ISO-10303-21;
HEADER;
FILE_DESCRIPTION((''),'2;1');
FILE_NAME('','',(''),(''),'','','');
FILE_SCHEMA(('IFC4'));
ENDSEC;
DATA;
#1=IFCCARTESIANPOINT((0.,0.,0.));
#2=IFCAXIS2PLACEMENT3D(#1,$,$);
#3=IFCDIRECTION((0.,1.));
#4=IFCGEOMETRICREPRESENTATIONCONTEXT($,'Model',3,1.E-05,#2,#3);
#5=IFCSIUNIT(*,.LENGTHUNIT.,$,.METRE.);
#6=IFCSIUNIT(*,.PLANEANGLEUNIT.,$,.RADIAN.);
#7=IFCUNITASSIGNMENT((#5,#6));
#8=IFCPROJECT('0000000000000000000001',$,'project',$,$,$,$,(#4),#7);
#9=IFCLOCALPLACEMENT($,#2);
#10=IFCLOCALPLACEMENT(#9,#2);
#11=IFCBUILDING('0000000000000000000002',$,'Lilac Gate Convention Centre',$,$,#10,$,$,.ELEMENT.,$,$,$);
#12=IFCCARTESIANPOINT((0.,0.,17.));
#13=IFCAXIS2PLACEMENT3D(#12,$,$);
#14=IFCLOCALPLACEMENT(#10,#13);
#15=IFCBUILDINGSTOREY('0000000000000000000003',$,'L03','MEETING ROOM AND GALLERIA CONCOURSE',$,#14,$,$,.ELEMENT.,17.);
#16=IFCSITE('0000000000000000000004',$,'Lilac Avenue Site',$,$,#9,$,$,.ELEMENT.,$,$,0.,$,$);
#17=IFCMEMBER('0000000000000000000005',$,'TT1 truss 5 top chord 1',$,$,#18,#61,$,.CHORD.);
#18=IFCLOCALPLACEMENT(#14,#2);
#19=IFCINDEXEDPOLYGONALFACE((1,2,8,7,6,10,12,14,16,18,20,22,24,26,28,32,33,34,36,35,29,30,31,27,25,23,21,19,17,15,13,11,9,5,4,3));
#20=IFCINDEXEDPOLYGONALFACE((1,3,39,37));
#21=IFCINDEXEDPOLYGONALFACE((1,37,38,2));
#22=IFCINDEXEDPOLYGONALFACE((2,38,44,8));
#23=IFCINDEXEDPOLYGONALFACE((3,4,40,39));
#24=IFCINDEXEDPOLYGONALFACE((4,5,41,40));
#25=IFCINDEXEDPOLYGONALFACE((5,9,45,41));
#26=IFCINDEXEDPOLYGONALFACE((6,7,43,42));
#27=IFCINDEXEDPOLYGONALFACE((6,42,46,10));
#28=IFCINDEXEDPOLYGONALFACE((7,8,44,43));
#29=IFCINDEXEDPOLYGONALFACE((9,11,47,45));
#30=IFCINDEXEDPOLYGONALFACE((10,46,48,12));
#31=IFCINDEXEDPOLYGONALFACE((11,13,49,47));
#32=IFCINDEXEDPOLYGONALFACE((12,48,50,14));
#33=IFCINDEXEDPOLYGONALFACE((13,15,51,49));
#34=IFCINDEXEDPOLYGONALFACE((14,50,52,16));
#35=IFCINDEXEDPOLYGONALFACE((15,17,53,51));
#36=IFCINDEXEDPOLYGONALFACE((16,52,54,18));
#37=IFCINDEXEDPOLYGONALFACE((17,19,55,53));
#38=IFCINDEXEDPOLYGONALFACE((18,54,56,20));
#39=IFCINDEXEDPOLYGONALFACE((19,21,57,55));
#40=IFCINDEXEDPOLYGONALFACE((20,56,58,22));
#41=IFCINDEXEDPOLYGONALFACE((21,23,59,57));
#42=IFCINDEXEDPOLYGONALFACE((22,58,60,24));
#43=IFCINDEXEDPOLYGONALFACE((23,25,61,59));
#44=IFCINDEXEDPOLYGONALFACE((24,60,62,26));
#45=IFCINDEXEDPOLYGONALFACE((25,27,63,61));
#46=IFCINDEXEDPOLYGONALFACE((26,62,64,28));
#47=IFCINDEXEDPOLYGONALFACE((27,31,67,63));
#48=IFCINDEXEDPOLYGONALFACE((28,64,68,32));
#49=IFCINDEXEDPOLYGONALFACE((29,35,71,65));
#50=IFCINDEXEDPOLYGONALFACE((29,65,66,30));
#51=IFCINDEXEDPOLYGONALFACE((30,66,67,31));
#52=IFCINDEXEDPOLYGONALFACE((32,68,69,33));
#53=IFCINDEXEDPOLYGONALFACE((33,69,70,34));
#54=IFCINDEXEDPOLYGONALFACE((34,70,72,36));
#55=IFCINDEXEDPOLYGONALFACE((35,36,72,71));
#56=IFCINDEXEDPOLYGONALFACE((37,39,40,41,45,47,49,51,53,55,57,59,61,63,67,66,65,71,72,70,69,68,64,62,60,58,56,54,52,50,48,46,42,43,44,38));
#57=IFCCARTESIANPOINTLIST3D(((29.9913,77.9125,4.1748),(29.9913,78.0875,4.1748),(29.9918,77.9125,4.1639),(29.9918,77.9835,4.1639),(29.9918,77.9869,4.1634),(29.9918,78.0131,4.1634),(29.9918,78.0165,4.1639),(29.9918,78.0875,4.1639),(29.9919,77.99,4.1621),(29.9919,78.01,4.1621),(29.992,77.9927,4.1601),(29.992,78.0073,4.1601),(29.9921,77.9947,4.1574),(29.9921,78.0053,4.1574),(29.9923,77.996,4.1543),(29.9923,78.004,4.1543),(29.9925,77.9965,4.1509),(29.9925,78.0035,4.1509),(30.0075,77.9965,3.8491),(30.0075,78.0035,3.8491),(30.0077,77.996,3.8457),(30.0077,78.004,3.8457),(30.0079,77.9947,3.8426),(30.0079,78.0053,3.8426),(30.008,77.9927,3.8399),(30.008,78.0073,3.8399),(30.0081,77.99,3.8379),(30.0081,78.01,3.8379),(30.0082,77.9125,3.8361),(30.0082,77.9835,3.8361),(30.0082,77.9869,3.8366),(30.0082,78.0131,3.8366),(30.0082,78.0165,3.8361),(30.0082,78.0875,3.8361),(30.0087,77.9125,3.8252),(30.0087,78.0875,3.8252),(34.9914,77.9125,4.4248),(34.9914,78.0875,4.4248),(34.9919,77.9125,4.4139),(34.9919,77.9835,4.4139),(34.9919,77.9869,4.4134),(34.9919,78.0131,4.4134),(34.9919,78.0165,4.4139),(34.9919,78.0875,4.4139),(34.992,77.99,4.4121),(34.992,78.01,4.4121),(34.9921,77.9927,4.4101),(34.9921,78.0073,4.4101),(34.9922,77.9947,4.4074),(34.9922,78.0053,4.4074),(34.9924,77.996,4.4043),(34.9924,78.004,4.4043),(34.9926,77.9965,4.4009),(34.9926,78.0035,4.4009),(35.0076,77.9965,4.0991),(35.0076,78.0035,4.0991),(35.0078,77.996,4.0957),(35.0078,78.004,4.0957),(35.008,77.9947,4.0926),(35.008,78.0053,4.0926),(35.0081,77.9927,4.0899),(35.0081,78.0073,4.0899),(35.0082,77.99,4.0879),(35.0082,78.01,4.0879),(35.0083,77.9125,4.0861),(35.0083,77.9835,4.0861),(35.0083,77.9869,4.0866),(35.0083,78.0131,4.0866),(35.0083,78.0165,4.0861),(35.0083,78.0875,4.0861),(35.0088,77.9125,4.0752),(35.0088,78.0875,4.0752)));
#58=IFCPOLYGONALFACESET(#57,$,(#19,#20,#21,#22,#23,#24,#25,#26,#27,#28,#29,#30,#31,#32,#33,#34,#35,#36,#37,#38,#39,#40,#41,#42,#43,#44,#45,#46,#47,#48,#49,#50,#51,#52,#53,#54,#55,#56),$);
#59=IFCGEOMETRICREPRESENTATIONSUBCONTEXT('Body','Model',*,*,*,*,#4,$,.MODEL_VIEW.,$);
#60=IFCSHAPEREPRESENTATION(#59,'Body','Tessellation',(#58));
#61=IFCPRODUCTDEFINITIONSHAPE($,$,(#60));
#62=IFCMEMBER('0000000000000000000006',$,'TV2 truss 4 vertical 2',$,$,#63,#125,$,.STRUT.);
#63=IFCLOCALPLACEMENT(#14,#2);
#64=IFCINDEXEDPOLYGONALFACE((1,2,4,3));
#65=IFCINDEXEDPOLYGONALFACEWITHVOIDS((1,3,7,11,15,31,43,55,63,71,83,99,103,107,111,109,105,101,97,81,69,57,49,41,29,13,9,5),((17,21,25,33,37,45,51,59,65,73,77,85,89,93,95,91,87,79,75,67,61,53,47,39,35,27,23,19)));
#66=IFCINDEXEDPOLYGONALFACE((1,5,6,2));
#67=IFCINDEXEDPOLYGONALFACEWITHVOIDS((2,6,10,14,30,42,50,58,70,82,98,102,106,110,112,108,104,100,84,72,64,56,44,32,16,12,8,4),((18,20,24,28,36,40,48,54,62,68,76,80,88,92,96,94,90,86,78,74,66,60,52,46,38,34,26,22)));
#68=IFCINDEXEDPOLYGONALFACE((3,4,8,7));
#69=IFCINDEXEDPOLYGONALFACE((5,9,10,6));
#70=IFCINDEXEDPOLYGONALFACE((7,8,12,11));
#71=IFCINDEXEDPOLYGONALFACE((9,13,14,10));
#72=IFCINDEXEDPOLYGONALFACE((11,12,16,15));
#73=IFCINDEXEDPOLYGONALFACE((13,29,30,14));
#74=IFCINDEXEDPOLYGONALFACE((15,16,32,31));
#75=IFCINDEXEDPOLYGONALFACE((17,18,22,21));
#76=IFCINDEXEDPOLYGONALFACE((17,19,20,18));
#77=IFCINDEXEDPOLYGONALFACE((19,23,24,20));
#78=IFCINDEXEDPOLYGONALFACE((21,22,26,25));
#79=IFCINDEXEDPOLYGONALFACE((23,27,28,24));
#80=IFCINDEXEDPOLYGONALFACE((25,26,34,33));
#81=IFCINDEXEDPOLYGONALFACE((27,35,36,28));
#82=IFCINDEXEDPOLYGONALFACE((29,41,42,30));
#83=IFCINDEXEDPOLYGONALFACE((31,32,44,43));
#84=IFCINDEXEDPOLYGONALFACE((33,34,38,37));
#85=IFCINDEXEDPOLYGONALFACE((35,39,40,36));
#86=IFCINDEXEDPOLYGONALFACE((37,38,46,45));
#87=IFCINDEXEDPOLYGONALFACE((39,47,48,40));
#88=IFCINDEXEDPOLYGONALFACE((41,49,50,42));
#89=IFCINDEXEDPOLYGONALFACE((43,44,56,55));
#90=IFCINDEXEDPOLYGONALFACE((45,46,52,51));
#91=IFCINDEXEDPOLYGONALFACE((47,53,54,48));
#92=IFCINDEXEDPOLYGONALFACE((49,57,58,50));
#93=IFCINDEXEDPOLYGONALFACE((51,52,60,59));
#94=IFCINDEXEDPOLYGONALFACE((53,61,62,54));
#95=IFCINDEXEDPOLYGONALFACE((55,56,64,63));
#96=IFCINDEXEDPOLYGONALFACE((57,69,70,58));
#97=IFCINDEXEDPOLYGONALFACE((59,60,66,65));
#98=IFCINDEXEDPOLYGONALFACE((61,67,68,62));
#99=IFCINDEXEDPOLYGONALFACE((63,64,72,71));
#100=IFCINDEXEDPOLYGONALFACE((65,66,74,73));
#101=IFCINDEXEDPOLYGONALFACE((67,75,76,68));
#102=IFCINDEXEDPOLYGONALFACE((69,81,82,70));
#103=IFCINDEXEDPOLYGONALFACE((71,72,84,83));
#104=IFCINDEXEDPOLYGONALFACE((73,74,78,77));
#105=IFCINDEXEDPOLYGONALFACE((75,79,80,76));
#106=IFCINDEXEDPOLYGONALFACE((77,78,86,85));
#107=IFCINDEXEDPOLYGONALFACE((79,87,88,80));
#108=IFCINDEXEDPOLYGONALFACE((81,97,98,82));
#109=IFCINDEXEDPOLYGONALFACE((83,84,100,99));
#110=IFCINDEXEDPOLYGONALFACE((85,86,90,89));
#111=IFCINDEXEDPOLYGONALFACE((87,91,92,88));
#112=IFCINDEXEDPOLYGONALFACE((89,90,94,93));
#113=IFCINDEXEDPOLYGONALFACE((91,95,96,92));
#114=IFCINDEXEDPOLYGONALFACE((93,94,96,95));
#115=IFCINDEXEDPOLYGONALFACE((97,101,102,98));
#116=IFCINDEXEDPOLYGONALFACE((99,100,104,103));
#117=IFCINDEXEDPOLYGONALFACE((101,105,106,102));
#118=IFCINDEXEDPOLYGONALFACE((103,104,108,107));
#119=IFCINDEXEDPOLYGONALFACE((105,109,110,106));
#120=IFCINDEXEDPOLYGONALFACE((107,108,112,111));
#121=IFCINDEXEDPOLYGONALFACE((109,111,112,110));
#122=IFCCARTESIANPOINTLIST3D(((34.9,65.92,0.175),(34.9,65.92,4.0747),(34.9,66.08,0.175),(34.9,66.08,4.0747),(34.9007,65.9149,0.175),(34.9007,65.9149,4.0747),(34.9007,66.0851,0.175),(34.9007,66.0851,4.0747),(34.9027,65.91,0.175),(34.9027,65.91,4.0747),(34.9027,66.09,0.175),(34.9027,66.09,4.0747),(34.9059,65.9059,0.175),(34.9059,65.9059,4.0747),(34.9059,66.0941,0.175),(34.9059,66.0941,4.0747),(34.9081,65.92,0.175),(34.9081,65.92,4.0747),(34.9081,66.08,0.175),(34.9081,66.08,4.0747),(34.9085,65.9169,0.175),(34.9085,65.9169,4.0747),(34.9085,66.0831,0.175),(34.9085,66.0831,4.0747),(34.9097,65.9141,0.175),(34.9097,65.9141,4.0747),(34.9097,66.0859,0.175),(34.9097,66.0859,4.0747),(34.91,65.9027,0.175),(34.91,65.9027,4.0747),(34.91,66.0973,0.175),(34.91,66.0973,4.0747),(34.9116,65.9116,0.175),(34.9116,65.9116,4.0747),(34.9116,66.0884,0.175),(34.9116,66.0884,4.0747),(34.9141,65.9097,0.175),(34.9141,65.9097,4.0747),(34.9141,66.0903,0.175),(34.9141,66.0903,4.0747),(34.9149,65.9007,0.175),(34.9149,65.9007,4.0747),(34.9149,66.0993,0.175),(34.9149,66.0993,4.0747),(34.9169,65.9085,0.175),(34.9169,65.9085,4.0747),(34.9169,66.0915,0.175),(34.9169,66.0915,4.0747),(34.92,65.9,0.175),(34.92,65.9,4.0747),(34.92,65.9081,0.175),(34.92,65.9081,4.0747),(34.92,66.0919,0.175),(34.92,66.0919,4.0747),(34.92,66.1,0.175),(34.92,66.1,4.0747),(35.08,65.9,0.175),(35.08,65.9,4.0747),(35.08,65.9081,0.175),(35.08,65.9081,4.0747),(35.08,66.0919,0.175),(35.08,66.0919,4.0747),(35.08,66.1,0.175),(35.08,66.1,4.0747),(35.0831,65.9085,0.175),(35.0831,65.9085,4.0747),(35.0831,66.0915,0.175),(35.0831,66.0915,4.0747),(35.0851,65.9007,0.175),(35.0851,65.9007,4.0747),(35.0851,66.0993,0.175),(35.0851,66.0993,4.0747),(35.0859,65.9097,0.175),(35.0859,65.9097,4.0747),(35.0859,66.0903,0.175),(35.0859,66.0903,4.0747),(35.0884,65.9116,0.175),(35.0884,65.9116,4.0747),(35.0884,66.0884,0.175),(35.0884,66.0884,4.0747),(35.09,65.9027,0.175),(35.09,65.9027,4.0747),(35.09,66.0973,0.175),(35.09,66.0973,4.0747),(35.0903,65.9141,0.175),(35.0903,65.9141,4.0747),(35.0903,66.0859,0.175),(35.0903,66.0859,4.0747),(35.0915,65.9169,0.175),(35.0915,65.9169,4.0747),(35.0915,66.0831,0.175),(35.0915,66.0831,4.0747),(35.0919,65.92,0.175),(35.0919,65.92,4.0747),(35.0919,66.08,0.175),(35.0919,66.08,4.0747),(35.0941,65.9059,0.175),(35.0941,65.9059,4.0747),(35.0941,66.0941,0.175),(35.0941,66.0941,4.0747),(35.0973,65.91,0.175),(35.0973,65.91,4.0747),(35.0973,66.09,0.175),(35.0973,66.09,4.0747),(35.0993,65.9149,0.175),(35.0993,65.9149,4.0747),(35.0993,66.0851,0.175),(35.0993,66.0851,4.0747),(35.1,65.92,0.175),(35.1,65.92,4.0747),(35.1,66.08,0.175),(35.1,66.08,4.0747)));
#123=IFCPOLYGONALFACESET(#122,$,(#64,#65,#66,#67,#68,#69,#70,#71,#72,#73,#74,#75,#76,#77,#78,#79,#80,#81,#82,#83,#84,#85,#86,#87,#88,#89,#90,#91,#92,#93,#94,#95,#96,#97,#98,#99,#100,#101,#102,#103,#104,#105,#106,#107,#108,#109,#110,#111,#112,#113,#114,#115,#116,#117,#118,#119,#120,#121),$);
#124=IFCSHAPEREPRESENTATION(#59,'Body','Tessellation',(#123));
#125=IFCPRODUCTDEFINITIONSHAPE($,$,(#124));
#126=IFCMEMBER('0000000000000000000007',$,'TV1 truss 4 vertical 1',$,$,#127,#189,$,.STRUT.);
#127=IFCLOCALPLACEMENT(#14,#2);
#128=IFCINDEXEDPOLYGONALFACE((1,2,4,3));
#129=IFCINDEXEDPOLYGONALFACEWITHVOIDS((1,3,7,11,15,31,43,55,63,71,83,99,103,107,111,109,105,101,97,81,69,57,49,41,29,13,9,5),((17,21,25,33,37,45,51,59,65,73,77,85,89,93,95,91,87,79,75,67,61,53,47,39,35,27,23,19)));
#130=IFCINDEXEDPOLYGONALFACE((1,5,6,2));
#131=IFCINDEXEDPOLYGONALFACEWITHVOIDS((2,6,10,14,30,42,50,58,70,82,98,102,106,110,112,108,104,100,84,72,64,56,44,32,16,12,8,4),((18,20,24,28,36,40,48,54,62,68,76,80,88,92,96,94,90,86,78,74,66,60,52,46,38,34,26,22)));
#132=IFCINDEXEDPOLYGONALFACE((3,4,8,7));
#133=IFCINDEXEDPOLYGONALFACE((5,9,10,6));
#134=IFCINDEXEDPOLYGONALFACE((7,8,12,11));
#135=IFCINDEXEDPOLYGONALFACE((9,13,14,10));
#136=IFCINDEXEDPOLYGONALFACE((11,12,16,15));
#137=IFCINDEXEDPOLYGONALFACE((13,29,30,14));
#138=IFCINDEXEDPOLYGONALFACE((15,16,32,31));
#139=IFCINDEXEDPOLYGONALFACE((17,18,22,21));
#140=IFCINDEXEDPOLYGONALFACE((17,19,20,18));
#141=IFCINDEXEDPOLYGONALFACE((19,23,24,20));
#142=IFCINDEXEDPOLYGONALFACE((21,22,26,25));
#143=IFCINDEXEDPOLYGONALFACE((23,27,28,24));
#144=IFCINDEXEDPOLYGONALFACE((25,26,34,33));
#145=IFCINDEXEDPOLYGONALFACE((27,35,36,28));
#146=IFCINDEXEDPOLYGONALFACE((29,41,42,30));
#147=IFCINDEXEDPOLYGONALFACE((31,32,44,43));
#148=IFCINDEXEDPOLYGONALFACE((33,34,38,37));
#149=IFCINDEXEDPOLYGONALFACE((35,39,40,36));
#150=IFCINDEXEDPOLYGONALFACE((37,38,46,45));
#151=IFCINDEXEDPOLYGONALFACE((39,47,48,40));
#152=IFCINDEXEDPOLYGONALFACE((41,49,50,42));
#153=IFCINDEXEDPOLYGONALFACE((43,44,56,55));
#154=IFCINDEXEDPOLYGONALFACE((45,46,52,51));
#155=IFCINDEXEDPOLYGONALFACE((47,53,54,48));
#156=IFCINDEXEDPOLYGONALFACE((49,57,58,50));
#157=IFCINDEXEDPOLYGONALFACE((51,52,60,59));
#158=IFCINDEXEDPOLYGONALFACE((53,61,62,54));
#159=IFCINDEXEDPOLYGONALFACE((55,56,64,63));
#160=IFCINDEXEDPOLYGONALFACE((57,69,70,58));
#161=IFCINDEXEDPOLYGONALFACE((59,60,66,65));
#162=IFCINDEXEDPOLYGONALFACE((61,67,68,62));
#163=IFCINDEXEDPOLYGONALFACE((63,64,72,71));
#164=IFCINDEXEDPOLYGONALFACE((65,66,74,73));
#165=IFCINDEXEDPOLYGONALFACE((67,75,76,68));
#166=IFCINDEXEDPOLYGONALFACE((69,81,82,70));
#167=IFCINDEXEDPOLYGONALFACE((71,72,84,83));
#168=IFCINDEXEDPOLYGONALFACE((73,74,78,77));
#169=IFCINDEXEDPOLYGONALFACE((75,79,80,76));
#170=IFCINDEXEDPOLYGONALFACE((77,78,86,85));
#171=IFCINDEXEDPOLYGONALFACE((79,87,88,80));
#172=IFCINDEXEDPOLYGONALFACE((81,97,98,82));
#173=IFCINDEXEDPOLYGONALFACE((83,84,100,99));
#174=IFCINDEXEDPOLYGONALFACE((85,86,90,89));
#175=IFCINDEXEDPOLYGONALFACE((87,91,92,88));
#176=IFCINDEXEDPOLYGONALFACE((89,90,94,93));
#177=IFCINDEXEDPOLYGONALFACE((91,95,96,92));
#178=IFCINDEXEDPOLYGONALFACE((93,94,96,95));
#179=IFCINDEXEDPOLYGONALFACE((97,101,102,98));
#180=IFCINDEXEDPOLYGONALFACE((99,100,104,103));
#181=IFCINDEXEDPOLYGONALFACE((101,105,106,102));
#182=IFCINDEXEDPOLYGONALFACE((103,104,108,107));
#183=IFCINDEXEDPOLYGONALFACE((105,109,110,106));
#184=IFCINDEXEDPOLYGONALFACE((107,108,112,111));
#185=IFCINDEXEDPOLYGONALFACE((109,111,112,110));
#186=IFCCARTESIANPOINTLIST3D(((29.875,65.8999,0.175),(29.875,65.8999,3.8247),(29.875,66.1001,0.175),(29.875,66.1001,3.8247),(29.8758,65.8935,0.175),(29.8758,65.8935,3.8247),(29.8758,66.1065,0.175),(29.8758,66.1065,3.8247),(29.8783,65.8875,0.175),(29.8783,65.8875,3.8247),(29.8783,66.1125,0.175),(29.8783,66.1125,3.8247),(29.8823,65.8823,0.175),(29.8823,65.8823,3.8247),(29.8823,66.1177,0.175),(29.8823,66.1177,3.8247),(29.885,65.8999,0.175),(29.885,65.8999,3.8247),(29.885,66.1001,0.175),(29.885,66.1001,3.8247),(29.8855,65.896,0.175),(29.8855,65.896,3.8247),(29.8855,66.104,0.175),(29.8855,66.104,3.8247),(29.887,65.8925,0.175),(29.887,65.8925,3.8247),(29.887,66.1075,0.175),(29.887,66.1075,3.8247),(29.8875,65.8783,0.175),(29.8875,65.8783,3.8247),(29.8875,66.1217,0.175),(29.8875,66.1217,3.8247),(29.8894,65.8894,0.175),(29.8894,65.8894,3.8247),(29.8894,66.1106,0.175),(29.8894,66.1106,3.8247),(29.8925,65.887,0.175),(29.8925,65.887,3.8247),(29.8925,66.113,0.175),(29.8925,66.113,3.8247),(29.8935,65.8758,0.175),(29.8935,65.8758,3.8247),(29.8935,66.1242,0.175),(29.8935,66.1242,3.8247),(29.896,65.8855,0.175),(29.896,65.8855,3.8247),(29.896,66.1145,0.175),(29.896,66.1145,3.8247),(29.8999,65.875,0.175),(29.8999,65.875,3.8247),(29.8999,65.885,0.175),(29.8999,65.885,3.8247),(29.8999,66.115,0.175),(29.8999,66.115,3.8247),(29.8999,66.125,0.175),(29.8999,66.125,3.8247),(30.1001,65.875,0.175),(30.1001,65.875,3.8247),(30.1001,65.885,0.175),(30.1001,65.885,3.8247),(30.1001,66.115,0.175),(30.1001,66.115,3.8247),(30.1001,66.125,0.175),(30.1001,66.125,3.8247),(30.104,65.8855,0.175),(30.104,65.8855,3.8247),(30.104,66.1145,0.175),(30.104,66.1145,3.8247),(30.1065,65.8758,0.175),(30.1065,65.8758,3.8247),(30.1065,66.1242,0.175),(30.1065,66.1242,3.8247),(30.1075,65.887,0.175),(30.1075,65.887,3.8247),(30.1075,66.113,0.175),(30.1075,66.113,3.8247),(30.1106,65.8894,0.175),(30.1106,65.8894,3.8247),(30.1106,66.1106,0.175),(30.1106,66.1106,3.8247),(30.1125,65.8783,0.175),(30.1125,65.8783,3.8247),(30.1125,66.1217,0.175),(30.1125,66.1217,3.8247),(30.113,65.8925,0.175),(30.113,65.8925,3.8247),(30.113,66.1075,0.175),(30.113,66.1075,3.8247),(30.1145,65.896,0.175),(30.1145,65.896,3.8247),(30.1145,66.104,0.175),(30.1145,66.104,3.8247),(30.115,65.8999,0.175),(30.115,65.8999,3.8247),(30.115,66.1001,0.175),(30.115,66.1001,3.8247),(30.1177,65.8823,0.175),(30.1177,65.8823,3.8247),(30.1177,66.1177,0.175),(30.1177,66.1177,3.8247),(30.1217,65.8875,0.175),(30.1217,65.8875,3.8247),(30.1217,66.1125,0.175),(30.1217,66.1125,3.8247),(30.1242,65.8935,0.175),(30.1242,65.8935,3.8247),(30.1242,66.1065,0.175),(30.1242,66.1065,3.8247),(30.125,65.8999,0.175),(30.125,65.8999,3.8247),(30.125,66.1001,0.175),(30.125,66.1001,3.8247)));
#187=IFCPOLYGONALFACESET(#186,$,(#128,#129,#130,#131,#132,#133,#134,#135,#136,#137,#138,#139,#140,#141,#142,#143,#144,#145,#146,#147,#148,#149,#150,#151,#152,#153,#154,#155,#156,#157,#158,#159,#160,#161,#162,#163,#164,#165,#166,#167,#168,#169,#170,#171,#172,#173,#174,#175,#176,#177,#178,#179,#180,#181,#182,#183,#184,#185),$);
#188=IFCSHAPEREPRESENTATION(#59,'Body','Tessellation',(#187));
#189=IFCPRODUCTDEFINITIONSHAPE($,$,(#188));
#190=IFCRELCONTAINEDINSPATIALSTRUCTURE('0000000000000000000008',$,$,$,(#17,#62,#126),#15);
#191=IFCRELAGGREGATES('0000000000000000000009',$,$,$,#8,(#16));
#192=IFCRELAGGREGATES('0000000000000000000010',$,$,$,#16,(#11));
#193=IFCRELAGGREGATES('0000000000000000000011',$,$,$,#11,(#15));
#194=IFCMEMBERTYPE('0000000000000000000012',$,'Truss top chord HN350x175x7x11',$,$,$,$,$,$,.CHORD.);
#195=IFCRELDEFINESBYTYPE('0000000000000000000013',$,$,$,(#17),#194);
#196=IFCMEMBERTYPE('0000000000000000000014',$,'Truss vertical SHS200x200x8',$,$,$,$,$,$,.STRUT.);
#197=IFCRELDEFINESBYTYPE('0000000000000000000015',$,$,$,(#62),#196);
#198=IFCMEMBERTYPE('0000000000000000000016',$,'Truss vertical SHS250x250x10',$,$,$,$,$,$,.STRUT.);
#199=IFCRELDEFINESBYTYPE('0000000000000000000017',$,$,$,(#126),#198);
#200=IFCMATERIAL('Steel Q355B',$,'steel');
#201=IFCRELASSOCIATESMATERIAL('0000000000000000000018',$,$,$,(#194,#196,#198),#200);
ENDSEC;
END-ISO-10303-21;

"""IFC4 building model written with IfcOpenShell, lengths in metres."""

from ifc_helpers import new_model, si_unit, direction, frame, origin, origin_2d, place, context, subcontext, project, spatial, hollow_rectangle, i_section, extrude, material, material_profile, profile_set, type_object, element, save


model = new_model("IFC4")

# Units and contexts
model_context = context("Model", 3, precision=1e-05, world=origin(), true_north=direction((0.0, 1.0)))
body_context = subcontext(model_context, "Body", "Model", "MODEL_VIEW")
ifc_project = project(units=[si_unit("LENGTHUNIT", "METRE"), si_unit("PLANEANGLEUNIT", "RADIAN")], contexts=[model_context])

# Site, building, storey
site_placement = place(None, origin())
site = spatial("IfcSite", under=ifc_project, at=site_placement, Name="Lilac Avenue Site", CompositionType="ELEMENT", RefElevation=0.0)
building_placement = place(site_placement, origin())
building = spatial("IfcBuilding", under=site, at=building_placement, Name="Lilac Gate Convention Centre", CompositionType="ELEMENT")
storey_placement = place(building_placement, frame((0.0, 0.0, 17.0)))
storey = spatial("IfcBuildingStorey", under=building, at=storey_placement, Name="L03", Description="MEETING ROOM AND GALLERIA CONCOURSE", CompositionType="ELEMENT", Elevation=17.0)

# Shared definitions
ifc_material_1 = material(Name="Steel Q355B", Category="steel")

# Members
ifc_material_profile_1 = material_profile(ifc_material_1, i_section(OverallWidth=0.175, OverallDepth=0.3501, WebThickness=0.0071, FlangeThickness=0.011, FilletRadius=0.0129, at=origin_2d()), Name="HN350x175x7x11")
ifc_profile_set_1 = profile_set([ifc_material_profile_1], Name="Steel Q355B")
member_type_1 = type_object("IfcMemberType", Name="Truss top chord HN350x175x7x11", PredefinedType="CHORD", material=ifc_profile_set_1)
for number, where, z_axis, x_axis, name in (
    (1, (30.0, 78.0, 4.0), (0.998752, 0.0, 0.049938), (0.0, 1.0, 0.0), "TT1 truss 5 top chord 1"),
):
    element("IfcMember", number, at=place(storey_placement, frame(where, z_axis=z_axis, x_axis=x_axis)), inside=storey, type_object=member_type_1, Name=name, PredefinedType="CHORD", context=body_context, shape_type="SweptSolid", body=[
        extrude(i_section(OverallWidth=0.175, OverallDepth=0.3501, WebThickness=0.0071, FlangeThickness=0.011, FilletRadius=0.0129, at=origin_2d()), origin(), (0.0, 0.0, 1.0), 5.0063),
    ])
ifc_material_profile_2 = material_profile(ifc_material_1, hollow_rectangle(XDim=0.2, YDim=0.2, WallThickness=0.0081, InnerFilletRadius=0.012, OuterFilletRadius=0.02, at=origin_2d()), Name="SHS200x200x8")
ifc_profile_set_2 = profile_set([ifc_material_profile_2], Name="Steel Q355B")
member_type_2 = type_object("IfcMemberType", Name="Truss vertical SHS200x200x8", PredefinedType="STRUT", material=ifc_profile_set_2)
member_1_placement = place(storey_placement, frame((35.0, 66.0, 0.175), z_axis=(0.0, 0.0, 1.0), x_axis=(1.0, 0.0, 0.0)))
element("IfcMember", 2, at=member_1_placement, inside=storey, type_object=member_type_2, Name="TV2 truss 4 vertical 2", PredefinedType="STRUT", context=body_context, shape_type="SweptSolid", body=[
    extrude(hollow_rectangle(XDim=0.2, YDim=0.2, WallThickness=0.0081, InnerFilletRadius=0.012, OuterFilletRadius=0.02, at=origin_2d()), origin(), (0.0, 0.0, 1.0), 3.8997),
])
ifc_material_profile_3 = material_profile(ifc_material_1, hollow_rectangle(XDim=0.25, YDim=0.25, WallThickness=0.01, InnerFilletRadius=0.0149, OuterFilletRadius=0.0249, at=origin_2d()), Name="SHS250x250x10")
ifc_profile_set_3 = profile_set([ifc_material_profile_3], Name="Steel Q355B")
member_type_3 = type_object("IfcMemberType", Name="Truss vertical SHS250x250x10", PredefinedType="STRUT", material=ifc_profile_set_3)
for number, where, z_axis, x_axis, name in (
    (3, (30.0, 66.0, 0.175), (0.0, 0.0, 1.0), (1.0, 0.0, 0.0), "TV1 truss 4 vertical 1"),
):
    element("IfcMember", number, at=place(storey_placement, frame(where, z_axis=z_axis, x_axis=x_axis)), inside=storey, type_object=member_type_3, Name=name, PredefinedType="STRUT", context=body_context, shape_type="SweptSolid", body=[
        extrude(hollow_rectangle(XDim=0.25, YDim=0.25, WallThickness=0.01, InnerFilletRadius=0.0149, OuterFilletRadius=0.0249, at=origin_2d()), origin(), (0.0, 0.0, 1.0), 3.6497),
    ])

save(model, "model.ifc")
